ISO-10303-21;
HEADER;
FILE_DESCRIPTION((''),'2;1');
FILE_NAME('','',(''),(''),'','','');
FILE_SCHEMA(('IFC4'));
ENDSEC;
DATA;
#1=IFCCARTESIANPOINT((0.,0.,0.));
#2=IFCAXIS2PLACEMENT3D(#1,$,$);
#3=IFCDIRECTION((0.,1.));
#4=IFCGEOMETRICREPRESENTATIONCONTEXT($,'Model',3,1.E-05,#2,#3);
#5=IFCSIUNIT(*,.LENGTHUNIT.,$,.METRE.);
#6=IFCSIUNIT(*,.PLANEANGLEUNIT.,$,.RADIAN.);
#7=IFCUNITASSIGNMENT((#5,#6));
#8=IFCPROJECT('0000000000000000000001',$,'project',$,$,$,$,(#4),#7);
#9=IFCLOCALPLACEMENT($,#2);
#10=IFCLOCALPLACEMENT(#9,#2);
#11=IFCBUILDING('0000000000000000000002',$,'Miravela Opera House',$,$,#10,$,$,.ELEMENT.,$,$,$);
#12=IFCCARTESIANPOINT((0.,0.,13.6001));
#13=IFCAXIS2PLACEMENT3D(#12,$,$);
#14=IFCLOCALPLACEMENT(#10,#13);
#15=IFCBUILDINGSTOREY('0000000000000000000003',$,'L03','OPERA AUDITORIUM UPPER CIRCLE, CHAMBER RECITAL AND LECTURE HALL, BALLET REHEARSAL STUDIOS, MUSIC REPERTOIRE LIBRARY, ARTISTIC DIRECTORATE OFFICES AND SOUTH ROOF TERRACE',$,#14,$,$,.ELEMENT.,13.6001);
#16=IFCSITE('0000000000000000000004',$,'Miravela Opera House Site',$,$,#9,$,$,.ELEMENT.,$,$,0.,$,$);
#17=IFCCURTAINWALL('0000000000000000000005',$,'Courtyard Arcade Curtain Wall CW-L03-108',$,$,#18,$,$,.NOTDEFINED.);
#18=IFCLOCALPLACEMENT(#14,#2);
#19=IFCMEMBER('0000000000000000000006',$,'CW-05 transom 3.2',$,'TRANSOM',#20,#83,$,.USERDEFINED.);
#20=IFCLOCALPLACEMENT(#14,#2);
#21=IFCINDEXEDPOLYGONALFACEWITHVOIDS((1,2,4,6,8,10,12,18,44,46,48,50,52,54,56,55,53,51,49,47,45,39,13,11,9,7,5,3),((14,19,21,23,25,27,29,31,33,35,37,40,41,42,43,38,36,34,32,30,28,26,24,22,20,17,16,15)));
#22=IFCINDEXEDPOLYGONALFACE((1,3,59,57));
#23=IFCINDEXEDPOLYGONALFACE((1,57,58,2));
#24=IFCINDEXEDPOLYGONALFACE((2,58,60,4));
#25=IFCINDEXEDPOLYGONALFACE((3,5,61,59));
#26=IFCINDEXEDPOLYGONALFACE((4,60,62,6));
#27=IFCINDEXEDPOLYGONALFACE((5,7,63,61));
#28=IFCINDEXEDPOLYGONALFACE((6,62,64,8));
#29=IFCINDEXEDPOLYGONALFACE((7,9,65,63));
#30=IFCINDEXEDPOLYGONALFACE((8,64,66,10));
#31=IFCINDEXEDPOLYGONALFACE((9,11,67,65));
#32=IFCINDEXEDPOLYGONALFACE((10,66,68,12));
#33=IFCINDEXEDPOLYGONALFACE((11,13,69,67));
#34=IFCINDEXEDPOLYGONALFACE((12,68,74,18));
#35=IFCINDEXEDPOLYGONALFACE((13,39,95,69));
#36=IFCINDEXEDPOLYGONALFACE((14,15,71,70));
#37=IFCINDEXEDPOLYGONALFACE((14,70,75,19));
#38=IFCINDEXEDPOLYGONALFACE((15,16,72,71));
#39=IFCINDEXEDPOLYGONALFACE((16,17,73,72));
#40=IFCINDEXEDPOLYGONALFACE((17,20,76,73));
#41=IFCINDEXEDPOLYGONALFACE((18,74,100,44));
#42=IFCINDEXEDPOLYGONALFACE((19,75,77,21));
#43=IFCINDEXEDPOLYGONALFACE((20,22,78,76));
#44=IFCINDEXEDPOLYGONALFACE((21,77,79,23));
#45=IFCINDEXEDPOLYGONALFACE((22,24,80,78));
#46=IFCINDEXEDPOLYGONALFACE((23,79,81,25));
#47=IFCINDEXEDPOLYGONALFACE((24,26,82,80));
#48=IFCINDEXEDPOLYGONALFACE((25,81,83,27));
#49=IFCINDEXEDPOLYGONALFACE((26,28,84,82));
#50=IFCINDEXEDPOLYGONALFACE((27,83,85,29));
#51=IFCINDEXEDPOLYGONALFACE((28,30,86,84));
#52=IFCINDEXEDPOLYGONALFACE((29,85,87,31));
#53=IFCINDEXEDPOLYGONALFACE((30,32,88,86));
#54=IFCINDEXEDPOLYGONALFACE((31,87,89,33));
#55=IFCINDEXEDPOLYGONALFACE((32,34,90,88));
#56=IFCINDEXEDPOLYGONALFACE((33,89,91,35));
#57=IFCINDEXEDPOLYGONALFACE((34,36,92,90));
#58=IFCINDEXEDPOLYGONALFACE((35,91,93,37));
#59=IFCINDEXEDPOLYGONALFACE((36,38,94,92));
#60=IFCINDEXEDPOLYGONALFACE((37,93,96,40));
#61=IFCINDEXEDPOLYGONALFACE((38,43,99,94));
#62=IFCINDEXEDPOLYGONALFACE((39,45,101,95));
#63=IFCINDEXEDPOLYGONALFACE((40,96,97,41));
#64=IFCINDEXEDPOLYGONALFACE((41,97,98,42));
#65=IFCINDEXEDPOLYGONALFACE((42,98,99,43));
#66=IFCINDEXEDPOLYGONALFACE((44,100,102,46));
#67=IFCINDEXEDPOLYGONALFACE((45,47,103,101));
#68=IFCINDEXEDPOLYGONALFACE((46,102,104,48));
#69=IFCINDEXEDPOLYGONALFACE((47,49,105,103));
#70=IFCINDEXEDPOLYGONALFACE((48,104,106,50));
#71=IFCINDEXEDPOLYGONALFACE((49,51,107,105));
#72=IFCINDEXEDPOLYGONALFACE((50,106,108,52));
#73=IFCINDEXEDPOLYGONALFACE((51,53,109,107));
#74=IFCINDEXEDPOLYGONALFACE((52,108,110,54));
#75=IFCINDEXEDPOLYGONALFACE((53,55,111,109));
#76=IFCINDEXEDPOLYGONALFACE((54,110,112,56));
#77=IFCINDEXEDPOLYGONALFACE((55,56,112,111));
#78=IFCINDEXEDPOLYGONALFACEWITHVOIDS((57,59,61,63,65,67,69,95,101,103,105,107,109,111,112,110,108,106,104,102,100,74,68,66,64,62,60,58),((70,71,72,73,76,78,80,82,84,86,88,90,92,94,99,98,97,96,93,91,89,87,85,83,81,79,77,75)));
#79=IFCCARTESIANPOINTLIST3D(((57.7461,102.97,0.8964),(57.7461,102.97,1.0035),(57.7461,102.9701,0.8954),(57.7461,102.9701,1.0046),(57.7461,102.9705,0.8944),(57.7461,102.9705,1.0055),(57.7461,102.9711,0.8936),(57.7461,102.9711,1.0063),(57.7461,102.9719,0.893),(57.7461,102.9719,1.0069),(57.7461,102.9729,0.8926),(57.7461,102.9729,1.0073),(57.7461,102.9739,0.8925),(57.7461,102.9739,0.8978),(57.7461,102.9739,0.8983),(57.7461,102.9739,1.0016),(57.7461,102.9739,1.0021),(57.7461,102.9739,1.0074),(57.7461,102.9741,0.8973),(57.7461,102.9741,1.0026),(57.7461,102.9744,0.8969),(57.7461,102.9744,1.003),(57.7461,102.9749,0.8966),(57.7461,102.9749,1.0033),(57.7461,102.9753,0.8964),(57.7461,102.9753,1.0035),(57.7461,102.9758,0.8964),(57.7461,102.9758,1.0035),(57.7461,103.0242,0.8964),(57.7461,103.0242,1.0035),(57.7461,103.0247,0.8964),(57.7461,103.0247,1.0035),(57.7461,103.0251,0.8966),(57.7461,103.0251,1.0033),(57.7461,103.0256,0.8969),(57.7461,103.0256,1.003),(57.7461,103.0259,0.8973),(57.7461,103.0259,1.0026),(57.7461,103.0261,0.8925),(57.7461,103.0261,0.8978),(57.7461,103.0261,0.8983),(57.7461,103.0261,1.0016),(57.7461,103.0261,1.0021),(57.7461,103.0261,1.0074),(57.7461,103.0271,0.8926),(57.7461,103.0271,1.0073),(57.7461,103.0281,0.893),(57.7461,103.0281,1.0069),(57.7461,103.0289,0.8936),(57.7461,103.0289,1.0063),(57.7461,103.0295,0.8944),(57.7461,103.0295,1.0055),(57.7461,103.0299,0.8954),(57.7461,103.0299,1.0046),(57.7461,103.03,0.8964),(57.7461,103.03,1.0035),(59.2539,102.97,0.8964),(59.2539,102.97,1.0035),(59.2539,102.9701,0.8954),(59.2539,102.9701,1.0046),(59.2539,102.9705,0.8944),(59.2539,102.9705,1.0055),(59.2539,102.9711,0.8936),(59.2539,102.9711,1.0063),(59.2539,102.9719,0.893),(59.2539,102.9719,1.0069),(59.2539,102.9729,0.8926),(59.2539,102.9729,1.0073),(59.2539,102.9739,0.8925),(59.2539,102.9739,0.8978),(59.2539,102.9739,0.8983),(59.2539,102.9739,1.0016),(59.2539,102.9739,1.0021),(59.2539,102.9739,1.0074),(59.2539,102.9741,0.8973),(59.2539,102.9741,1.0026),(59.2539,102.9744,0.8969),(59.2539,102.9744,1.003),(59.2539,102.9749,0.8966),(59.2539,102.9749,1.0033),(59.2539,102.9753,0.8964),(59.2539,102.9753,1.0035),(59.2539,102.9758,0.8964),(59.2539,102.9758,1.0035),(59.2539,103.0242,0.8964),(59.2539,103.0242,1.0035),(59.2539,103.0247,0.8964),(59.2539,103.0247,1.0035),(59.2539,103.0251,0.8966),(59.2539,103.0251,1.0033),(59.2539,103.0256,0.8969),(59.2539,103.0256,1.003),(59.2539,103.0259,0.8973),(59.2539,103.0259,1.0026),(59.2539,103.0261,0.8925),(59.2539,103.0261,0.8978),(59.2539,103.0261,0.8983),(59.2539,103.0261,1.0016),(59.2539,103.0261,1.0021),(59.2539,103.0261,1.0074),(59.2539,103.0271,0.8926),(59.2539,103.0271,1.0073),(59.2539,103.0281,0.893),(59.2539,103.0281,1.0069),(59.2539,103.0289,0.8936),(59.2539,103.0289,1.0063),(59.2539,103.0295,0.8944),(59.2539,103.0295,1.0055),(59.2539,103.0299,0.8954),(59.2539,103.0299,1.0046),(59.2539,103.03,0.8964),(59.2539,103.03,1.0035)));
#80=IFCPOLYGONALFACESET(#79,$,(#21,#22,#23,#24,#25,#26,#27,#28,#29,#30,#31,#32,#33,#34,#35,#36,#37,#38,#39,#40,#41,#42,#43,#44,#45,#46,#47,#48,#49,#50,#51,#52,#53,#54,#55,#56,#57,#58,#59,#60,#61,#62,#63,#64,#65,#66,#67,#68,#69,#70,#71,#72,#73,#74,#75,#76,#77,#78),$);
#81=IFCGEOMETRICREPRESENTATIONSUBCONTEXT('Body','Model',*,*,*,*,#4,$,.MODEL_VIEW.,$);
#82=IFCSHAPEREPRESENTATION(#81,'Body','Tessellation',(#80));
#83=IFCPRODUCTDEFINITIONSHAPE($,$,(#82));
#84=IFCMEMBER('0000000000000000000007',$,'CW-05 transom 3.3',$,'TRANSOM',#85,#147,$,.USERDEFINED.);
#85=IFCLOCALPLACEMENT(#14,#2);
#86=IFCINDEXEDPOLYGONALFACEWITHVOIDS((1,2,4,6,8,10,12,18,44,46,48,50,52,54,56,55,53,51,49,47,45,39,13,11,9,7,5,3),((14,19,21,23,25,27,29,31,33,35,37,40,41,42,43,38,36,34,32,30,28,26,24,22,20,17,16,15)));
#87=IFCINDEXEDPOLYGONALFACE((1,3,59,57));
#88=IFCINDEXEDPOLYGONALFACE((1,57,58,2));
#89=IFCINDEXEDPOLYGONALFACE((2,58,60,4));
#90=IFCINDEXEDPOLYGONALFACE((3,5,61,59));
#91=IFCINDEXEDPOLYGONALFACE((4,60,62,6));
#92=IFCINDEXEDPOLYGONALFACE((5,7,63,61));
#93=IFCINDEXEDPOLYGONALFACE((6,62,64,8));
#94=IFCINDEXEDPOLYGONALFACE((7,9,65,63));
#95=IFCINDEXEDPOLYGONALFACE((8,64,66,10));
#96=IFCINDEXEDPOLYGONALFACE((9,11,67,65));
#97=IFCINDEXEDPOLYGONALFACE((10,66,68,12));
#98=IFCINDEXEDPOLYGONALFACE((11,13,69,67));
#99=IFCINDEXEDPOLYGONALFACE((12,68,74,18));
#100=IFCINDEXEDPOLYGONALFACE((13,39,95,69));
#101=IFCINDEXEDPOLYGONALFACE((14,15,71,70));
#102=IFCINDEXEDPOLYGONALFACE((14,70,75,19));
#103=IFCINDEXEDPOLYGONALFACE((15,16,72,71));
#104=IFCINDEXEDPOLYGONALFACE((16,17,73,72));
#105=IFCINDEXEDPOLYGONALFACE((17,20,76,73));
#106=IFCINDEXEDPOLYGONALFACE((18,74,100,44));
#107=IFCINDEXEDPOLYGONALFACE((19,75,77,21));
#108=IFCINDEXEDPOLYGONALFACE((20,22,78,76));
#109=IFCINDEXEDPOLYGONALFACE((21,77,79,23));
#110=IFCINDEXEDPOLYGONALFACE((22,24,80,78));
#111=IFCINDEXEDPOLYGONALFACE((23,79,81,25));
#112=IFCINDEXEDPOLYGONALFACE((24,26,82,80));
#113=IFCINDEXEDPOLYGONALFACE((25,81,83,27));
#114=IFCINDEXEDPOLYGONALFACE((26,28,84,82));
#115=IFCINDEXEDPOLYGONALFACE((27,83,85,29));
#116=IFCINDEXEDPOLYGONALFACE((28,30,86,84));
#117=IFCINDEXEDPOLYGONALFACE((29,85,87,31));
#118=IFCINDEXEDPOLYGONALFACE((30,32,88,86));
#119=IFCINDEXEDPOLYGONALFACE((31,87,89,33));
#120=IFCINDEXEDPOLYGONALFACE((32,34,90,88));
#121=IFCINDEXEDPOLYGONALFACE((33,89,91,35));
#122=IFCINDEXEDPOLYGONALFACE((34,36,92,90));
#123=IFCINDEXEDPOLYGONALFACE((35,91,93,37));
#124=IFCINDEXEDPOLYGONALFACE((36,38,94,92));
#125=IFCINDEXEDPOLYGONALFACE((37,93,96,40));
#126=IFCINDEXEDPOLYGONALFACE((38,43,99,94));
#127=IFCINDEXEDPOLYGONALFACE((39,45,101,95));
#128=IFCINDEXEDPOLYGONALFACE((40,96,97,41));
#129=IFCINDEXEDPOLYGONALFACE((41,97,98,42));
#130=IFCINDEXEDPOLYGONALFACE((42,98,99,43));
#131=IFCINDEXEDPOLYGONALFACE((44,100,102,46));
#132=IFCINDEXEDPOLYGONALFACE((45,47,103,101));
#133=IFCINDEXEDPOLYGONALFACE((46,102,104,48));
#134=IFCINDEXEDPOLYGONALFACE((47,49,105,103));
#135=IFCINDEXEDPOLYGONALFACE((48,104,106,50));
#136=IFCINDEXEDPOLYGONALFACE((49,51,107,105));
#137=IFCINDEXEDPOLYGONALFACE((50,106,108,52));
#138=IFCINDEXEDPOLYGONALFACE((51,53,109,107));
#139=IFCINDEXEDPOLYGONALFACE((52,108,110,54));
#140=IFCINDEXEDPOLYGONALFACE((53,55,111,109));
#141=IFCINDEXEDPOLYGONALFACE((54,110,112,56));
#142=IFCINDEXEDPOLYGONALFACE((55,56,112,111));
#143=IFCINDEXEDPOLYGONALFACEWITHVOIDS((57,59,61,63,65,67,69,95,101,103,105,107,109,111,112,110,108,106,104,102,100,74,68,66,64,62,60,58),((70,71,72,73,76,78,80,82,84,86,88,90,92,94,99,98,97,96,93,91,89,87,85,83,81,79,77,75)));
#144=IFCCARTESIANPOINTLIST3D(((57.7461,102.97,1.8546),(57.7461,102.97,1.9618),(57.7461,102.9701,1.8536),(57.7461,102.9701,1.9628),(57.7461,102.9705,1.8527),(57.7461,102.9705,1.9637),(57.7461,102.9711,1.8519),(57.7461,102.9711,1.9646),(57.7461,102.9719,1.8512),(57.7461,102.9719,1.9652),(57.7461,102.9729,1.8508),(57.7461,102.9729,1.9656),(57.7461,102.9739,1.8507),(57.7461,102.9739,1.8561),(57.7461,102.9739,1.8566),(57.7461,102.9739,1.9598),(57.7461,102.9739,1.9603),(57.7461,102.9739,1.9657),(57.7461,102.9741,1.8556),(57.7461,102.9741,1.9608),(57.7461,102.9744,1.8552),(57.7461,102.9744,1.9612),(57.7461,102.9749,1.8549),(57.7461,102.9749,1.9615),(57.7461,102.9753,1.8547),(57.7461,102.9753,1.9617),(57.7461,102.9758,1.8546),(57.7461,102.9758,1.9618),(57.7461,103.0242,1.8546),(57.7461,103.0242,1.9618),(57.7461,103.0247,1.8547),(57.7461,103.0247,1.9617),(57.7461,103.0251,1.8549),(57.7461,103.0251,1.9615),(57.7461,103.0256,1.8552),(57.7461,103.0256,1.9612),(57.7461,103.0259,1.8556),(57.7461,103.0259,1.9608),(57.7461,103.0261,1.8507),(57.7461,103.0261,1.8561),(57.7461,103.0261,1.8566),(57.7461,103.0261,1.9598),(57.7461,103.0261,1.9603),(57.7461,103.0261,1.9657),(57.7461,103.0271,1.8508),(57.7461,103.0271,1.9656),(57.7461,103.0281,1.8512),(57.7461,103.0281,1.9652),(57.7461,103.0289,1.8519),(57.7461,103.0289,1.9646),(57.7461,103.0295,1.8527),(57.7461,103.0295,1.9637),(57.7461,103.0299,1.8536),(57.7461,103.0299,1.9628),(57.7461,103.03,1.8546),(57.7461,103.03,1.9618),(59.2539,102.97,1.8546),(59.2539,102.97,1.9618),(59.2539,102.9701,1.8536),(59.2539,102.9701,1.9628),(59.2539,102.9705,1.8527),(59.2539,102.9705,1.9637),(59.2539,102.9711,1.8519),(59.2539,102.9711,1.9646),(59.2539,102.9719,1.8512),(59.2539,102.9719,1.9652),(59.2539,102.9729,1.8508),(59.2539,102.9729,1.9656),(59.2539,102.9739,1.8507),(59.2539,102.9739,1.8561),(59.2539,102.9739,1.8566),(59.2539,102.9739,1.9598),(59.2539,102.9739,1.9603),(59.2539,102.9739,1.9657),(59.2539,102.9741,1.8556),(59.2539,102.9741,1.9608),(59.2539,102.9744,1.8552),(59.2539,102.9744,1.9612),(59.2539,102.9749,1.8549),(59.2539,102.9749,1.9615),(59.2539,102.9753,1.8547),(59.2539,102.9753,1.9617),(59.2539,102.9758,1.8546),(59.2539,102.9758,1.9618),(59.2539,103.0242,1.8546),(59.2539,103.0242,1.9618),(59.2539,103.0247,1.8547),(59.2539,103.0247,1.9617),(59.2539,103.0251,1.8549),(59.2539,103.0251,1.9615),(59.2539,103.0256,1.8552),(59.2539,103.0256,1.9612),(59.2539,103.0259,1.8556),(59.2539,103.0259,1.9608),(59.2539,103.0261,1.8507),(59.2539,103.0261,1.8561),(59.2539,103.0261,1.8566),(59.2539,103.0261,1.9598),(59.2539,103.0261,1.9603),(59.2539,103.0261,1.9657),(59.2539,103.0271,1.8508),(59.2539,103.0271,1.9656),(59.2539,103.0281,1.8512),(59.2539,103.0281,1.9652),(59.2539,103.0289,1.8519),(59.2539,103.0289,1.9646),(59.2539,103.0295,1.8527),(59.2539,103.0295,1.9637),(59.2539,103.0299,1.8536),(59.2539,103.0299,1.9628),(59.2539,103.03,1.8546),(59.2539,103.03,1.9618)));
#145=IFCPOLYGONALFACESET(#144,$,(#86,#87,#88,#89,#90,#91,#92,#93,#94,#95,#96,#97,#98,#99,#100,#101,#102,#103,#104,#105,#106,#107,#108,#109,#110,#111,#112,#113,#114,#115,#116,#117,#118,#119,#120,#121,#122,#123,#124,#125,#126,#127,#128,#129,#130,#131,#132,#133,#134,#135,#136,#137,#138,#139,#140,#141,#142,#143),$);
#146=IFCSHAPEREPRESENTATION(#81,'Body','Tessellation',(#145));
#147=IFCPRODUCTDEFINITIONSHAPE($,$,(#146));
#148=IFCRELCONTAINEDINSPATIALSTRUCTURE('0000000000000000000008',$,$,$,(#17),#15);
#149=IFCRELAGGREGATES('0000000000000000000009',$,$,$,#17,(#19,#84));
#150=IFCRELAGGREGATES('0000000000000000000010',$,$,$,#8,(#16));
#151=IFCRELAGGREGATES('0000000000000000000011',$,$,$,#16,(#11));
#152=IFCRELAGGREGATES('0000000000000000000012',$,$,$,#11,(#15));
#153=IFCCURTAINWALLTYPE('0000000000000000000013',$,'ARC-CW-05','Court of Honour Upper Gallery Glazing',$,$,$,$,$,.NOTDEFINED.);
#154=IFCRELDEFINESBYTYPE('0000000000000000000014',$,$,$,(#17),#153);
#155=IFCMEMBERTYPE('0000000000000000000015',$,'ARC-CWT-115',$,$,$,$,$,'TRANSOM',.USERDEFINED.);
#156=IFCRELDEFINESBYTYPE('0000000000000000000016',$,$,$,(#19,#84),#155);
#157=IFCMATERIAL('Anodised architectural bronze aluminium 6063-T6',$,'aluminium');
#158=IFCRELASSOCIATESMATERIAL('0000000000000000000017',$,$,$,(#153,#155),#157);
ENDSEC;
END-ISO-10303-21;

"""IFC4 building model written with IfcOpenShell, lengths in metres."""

from ifc_helpers import new_model, si_unit, direction, frame, origin, origin_2d, place, context, subcontext, project, spatial, hollow_rectangle, extrude, material, material_profile, profile_set, type_object, element, aggregate, save


model = new_model("IFC4")

# Units and contexts
model_context = context("Model", 3, precision=1e-05, world=origin(), true_north=direction((0.0, 1.0)))
body_context = subcontext(model_context, "Body", "Model", "MODEL_VIEW")
ifc_project = project(units=[si_unit("LENGTHUNIT", "METRE"), si_unit("PLANEANGLEUNIT", "RADIAN")], contexts=[model_context])

# Site, building, storey
site_placement = place(None, origin())
site = spatial("IfcSite", under=ifc_project, at=site_placement, Name="Miravela Opera House Site", CompositionType="ELEMENT", RefElevation=0.0)
building_placement = place(site_placement, origin())
building = spatial("IfcBuilding", under=site, at=building_placement, Name="Miravela Opera House", CompositionType="ELEMENT")
storey_placement = place(building_placement, frame((0.0, 0.0, 13.6001)))
storey = spatial("IfcBuildingStorey", under=building, at=storey_placement, Name="L03", Description="OPERA AUDITORIUM UPPER CIRCLE, CHAMBER RECITAL AND LECTURE HALL, BALLET REHEARSAL STUDIOS, MUSIC REPERTOIRE LIBRARY, ARTISTIC DIRECTORATE OFFICES AND SOUTH ROOF TERRACE", CompositionType="ELEMENT", Elevation=13.6001)

# Curtain wall, members
ifc_material_1 = material(Name="Anodised architectural bronze aluminium 6063-T6", Category="aluminium")
curtain_wall_type = type_object("IfcCurtainWallType", Name="ARC-CW-05", Description="Court of Honour Upper Gallery Glazing", PredefinedType="NOTDEFINED", material=ifc_material_1)
curtain_wall_placement = place(storey_placement, origin())
curtain_wall = element("IfcCurtainWall", 1, at=curtain_wall_placement, inside=storey, type_object=curtain_wall_type, Name="Courtyard Arcade Curtain Wall CW-L03-108", PredefinedType="NOTDEFINED")
ifc_material_profile_1 = material_profile(ifc_material_1, hollow_rectangle(XDim=0.0601, YDim=0.115, WallThickness=0.0039, InnerFilletRadius=0.002, OuterFilletRadius=0.0039, at=origin_2d()), Name="CWT-60X115")
ifc_profile_set_1 = profile_set([ifc_material_profile_1])
member_type_1 = type_object("IfcMemberType", Name="ARC-CWT-115", ElementType="TRANSOM", PredefinedType="USERDEFINED", material=ifc_profile_set_1)
member_1_placement = place(storey_placement, frame((57.7461, 103.0, 0.95), z_axis=(1.0, 0.0, 0.0), x_axis=(0.0, 1.0, 0.0)))
member_1 = element("IfcMember", 2, at=member_1_placement, type_object=member_type_1, Name="CW-05 transom 3.2", ObjectType="TRANSOM", PredefinedType="USERDEFINED", context=body_context, shape_type="SweptSolid", body=[
    extrude(hollow_rectangle(XDim=0.0601, YDim=0.115, WallThickness=0.0039, InnerFilletRadius=0.002, OuterFilletRadius=0.0039, at=origin_2d()), origin(), (0.0, 0.0, 1.0), 1.5078),
])
member_2_placement = place(storey_placement, frame((57.7461, 103.0, 1.9082), z_axis=(1.0, 0.0, 0.0), x_axis=(0.0, 1.0, 0.0)))
member_2 = element("IfcMember", 3, at=member_2_placement, type_object=member_type_1, Name="CW-05 transom 3.3", ObjectType="TRANSOM", PredefinedType="USERDEFINED", context=body_context, shape_type="SweptSolid", body=[
    extrude(hollow_rectangle(XDim=0.0601, YDim=0.115, WallThickness=0.0039, InnerFilletRadius=0.002, OuterFilletRadius=0.0039, at=origin_2d()), origin(), (0.0, 0.0, 1.0), 1.5078),
])
aggregate(curtain_wall, [member_1, member_2])

save(model, "model.ifc")
